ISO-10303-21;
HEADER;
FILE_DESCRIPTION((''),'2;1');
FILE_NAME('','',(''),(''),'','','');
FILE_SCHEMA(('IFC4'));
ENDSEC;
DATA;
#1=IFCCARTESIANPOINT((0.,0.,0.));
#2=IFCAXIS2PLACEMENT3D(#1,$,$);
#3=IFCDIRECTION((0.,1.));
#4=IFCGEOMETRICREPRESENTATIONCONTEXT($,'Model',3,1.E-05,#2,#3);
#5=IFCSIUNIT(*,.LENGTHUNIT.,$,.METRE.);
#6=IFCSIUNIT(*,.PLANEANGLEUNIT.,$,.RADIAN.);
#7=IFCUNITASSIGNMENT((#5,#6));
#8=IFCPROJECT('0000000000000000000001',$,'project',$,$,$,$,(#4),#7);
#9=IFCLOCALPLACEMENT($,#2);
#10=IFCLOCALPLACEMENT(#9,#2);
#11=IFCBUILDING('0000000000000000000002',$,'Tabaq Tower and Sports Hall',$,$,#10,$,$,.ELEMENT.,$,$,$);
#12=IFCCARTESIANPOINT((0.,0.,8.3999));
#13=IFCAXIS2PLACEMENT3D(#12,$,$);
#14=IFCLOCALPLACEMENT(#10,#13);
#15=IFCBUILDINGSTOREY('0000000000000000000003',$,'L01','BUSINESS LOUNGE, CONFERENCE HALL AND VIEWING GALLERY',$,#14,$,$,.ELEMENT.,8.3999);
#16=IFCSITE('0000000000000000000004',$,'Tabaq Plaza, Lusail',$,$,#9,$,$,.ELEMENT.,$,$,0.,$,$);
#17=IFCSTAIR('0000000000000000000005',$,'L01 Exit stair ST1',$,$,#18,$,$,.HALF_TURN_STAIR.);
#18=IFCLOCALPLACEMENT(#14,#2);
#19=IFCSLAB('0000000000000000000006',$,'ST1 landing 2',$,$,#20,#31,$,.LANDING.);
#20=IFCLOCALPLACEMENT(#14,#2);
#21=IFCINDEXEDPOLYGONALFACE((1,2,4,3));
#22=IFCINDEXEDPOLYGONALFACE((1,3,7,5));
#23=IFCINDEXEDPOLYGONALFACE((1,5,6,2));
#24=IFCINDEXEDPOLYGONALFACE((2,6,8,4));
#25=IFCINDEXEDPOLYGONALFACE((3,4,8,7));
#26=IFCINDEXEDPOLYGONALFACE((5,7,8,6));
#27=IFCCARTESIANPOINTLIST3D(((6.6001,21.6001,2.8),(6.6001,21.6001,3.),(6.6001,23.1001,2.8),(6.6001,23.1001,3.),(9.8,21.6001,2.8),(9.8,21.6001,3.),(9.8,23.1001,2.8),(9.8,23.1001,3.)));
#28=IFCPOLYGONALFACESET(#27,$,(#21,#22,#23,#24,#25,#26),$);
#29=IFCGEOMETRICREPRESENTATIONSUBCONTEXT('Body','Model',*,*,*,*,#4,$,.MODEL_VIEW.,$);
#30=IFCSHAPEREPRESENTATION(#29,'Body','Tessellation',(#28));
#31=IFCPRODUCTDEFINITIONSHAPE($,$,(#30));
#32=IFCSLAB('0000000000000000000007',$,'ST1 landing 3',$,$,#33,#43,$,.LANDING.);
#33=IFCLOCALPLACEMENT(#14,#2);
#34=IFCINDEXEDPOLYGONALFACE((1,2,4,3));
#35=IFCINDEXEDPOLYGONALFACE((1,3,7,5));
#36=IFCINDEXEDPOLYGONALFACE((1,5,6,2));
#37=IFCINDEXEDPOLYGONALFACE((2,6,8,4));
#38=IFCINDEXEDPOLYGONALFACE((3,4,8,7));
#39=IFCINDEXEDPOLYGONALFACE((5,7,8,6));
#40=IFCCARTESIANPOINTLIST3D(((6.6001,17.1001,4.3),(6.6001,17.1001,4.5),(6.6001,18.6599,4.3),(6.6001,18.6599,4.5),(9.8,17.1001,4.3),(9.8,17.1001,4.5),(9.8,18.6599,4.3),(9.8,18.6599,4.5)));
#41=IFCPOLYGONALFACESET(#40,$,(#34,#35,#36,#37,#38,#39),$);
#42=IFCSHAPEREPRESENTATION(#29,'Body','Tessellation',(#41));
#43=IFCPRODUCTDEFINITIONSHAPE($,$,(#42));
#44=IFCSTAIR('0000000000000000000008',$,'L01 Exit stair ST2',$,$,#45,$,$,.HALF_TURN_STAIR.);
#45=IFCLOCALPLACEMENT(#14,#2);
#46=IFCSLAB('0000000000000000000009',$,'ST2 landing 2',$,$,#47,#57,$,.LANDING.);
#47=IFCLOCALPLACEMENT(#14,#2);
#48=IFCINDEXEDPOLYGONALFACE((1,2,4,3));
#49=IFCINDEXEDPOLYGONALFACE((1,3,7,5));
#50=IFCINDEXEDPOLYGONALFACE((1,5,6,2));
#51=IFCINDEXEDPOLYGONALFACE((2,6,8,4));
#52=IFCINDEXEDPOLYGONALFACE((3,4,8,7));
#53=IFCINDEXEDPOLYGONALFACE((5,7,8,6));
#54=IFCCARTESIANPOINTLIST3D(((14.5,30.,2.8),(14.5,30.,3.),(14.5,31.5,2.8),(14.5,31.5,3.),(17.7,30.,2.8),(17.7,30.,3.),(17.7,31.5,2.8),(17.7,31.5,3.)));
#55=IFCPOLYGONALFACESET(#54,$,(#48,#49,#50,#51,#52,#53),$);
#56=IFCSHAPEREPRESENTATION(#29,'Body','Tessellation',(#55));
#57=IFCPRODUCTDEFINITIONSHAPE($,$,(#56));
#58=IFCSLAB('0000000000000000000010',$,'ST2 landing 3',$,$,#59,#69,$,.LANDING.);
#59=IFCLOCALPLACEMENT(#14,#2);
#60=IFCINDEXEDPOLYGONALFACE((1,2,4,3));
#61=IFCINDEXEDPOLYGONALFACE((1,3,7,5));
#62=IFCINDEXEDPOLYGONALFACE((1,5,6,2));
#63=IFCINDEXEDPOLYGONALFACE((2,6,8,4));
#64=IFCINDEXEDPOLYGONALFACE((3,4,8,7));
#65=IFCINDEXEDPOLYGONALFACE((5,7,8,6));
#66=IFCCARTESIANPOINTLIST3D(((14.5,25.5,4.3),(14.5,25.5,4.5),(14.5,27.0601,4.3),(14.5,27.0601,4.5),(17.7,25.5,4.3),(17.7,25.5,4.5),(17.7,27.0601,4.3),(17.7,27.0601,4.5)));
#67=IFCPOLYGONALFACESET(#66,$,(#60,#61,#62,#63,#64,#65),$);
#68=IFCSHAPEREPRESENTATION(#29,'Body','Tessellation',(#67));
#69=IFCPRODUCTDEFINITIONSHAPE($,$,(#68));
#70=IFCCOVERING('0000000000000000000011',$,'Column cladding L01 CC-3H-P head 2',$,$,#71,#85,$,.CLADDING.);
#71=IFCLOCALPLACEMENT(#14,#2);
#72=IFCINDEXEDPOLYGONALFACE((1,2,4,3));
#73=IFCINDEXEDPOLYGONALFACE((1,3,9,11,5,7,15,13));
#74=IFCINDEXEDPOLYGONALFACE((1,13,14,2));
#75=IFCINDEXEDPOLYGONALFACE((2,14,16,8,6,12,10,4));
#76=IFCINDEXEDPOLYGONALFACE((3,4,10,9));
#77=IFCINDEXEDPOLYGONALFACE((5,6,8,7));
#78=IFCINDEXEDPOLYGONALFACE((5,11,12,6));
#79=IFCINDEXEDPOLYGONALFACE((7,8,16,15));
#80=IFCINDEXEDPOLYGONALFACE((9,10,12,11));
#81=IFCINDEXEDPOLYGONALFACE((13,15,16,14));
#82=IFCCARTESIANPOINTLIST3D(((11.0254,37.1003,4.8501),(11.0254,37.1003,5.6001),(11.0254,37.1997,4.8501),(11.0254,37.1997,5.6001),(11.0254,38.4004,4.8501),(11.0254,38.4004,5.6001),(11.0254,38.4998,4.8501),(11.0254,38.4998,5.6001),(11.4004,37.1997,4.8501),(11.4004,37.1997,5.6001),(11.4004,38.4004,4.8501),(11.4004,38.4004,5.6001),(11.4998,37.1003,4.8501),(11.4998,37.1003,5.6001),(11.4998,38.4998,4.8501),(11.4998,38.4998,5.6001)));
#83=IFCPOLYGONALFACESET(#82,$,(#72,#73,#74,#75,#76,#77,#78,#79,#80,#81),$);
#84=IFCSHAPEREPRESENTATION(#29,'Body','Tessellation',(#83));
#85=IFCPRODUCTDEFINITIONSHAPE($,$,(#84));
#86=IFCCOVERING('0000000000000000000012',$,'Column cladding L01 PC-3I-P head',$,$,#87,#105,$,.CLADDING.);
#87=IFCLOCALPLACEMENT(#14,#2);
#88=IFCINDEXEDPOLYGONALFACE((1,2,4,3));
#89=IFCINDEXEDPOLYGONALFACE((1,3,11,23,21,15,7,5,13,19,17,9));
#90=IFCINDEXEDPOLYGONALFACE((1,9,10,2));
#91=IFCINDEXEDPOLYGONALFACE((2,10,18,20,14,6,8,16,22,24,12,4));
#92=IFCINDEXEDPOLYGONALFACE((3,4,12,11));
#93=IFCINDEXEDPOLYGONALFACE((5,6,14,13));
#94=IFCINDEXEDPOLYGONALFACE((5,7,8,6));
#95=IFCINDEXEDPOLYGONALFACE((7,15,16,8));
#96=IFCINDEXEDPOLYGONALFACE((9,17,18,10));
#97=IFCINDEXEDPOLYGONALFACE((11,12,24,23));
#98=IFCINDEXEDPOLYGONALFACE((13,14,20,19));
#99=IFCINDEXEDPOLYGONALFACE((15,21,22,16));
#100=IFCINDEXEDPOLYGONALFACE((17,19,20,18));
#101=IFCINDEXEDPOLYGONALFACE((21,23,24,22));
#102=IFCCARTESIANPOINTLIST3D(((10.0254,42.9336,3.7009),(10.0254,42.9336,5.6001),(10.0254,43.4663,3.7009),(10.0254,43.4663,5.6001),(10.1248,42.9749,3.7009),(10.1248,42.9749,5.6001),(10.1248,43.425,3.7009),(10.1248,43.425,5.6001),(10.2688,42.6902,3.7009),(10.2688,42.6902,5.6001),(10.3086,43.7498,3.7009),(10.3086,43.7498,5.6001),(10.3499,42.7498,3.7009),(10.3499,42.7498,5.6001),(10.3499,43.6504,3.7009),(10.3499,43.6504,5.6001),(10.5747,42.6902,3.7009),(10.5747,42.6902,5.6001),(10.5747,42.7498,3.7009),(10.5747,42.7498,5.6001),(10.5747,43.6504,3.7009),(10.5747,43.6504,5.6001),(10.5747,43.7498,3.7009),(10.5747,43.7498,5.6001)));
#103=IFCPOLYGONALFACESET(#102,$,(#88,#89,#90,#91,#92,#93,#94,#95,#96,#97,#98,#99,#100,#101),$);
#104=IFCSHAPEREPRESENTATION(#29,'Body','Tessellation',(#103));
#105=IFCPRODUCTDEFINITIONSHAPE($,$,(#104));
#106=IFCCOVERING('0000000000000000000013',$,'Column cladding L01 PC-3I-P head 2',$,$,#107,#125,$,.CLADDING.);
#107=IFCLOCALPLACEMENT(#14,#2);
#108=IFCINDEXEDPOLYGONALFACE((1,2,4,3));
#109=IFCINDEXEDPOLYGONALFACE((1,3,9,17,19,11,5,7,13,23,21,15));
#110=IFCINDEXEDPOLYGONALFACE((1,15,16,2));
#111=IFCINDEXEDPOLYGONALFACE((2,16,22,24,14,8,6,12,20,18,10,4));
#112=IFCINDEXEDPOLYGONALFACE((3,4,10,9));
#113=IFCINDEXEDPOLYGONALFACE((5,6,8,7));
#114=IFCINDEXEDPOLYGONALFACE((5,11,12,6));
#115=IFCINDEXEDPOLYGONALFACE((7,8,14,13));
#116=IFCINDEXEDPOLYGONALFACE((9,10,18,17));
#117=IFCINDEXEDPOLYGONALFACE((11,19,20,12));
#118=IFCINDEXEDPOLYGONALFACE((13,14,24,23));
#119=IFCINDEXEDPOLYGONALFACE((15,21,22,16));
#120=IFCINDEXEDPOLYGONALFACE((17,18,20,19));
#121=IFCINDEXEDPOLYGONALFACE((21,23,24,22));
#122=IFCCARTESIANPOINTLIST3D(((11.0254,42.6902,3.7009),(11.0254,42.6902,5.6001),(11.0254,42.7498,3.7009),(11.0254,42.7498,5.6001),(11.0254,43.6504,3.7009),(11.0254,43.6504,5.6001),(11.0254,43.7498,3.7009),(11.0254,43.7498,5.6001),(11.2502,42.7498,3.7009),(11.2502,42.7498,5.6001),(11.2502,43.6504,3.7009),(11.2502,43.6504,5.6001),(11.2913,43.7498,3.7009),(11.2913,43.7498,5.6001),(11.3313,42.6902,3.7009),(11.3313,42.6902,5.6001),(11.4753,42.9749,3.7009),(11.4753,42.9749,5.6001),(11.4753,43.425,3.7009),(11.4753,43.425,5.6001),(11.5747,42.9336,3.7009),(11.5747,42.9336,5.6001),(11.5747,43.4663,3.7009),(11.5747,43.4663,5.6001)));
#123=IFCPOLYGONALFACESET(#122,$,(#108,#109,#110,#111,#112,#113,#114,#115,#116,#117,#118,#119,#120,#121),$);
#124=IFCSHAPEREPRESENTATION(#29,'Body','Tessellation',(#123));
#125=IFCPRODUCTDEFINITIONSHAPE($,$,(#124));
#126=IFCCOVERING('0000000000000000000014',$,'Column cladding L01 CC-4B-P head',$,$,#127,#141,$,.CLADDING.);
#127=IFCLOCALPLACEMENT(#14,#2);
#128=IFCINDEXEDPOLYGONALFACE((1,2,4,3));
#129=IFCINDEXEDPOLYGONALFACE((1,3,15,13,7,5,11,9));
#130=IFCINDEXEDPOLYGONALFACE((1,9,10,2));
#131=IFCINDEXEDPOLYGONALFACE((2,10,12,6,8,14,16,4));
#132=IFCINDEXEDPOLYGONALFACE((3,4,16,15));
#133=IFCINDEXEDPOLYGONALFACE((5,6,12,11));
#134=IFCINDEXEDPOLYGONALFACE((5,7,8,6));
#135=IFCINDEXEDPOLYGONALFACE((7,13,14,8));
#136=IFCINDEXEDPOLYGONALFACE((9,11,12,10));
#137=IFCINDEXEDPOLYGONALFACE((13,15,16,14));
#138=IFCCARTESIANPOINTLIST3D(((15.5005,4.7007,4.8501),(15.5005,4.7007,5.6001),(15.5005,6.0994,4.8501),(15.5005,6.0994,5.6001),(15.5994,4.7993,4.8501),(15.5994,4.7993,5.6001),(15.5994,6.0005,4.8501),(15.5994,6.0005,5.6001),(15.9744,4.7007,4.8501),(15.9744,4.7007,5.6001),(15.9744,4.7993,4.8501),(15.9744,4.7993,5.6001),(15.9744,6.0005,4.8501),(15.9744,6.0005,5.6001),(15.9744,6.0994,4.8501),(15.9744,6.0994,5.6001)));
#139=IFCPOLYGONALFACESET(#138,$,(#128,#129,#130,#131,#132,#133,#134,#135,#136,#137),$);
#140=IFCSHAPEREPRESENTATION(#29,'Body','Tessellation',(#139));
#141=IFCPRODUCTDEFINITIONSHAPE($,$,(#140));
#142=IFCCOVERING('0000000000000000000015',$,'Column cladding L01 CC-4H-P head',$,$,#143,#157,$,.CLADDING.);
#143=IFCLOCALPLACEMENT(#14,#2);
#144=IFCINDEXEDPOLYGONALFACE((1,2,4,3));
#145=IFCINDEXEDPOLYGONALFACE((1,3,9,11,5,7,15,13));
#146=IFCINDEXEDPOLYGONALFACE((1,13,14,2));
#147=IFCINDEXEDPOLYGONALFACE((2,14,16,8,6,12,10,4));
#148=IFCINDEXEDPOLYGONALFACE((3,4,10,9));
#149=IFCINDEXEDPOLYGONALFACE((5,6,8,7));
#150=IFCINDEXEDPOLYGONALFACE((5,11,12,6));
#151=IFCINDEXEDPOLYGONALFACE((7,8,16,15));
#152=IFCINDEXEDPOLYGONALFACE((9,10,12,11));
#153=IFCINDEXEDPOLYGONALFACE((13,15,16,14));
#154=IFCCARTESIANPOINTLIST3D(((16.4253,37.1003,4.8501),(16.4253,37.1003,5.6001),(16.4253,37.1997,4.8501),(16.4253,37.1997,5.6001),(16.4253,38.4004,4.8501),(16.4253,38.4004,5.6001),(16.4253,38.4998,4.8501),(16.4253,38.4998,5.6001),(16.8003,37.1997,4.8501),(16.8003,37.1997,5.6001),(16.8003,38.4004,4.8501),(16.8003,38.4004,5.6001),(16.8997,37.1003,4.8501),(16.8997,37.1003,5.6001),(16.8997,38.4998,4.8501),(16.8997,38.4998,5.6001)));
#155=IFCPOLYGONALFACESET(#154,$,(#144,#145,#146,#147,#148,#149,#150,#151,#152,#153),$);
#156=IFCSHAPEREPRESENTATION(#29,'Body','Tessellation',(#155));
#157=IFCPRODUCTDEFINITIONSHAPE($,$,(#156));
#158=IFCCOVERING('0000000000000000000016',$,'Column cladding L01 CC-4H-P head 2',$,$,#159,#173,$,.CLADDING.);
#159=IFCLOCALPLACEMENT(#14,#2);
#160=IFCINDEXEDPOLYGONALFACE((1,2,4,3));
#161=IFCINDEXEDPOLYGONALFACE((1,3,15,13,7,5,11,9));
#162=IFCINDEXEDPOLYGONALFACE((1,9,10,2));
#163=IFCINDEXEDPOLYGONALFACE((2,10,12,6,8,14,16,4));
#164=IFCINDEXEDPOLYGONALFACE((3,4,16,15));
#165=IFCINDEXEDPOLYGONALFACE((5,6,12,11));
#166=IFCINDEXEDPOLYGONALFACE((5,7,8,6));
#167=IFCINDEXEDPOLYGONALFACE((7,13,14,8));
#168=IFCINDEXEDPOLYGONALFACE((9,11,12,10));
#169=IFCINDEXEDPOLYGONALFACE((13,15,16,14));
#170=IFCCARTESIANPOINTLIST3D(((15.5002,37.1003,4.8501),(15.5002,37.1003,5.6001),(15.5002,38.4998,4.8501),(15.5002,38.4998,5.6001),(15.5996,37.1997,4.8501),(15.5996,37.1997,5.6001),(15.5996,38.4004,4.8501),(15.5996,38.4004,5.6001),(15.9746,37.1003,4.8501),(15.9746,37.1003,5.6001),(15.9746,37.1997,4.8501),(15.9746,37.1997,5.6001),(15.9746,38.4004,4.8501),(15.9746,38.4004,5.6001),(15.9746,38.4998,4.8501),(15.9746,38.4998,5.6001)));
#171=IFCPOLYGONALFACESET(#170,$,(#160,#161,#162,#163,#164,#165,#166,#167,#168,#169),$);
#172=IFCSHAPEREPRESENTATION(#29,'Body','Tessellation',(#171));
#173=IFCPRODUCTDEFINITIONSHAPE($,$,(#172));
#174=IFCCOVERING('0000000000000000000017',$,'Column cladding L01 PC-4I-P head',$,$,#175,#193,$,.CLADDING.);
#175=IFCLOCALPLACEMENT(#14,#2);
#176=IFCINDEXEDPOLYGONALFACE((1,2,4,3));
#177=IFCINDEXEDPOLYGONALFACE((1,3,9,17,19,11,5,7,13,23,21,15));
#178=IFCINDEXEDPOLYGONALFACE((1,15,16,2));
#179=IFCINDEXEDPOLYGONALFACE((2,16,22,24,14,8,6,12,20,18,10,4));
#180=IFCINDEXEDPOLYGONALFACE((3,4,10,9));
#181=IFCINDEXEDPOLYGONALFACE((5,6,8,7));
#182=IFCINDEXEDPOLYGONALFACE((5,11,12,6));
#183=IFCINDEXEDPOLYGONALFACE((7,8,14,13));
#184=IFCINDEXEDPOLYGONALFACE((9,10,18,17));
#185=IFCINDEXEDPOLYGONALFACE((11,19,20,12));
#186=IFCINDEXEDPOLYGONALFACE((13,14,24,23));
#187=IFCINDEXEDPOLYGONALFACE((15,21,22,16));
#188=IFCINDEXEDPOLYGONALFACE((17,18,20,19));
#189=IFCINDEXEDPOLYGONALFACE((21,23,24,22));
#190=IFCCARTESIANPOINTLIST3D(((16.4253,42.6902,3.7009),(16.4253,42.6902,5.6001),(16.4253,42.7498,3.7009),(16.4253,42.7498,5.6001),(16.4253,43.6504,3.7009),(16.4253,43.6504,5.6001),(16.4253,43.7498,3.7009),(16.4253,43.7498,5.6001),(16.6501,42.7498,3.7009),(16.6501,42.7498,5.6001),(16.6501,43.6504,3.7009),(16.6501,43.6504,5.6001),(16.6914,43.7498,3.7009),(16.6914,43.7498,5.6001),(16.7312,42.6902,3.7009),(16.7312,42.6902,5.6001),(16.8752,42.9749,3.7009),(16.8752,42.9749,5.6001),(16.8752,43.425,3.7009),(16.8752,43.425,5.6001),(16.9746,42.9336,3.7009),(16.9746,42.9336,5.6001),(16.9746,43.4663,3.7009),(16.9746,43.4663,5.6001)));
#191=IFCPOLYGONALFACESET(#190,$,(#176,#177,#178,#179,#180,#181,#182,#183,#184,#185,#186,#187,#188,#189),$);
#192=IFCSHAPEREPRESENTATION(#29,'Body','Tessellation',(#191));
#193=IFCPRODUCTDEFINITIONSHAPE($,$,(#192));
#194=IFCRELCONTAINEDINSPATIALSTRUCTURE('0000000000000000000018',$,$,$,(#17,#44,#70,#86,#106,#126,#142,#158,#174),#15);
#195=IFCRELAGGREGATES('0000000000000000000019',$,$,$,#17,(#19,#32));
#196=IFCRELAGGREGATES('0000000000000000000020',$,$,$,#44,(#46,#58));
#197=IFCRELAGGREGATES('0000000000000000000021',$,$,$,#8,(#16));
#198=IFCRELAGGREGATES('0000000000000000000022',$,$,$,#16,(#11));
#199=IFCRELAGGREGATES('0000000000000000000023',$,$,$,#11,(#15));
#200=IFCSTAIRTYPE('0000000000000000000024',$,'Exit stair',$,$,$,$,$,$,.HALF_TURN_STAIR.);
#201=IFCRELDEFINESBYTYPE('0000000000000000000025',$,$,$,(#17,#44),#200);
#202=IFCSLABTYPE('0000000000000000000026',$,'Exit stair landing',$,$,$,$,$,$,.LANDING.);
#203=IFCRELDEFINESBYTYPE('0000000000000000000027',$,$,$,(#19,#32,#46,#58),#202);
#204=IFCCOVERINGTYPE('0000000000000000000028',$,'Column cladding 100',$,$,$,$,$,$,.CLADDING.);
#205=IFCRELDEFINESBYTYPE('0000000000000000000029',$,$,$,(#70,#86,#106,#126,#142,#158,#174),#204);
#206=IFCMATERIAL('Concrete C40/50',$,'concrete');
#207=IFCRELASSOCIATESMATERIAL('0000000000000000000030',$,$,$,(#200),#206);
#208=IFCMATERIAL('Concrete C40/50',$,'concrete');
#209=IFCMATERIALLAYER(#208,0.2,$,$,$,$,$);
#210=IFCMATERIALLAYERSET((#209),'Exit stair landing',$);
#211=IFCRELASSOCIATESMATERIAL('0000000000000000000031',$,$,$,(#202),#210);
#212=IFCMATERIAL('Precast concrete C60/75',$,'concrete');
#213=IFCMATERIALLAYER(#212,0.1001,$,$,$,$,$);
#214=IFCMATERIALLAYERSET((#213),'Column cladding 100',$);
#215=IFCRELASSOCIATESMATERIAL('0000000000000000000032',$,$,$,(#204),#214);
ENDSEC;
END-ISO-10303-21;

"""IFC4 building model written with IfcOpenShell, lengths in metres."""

from ifc_helpers import new_model, si_unit, direction, frame, origin, place, context, subcontext, project, spatial, polyline, outline, extrude, material, layer, layer_set, type_object, element, aggregate, save


model = new_model("IFC4")

# Units and contexts
model_context = context("Model", 3, precision=1e-05, world=origin(), true_north=direction((0.0, 1.0)))
body_context = subcontext(model_context, "Body", "Model", "MODEL_VIEW")
ifc_project = project(units=[si_unit("LENGTHUNIT", "METRE"), si_unit("PLANEANGLEUNIT", "RADIAN")], contexts=[model_context])

# Site, building, storey
site_placement = place(None, origin())
site = spatial("IfcSite", under=ifc_project, at=site_placement, Name="Tabaq Plaza, Lusail", CompositionType="ELEMENT", RefElevation=0.0)
building_placement = place(site_placement, origin())
building = spatial("IfcBuilding", under=site, at=building_placement, Name="Tabaq Tower and Sports Hall", CompositionType="ELEMENT")
storey_placement = place(building_placement, frame((0.0, 0.0, 8.3999)))
storey = spatial("IfcBuildingStorey", under=building, at=storey_placement, Name="L01", Description="BUSINESS LOUNGE, CONFERENCE HALL AND VIEWING GALLERY", CompositionType="ELEMENT", Elevation=8.3999)

# Stairs, slabs
ifc_material_1 = material(Name="Concrete C40/50", Category="concrete")
stair_type = type_object("IfcStairType", Name="Exit stair", PredefinedType="HALF_TURN_STAIR", material=ifc_material_1)
stair_1_placement = place(storey_placement, origin())
stair_1 = element("IfcStair", 1, at=stair_1_placement, inside=storey, type_object=stair_type, Name="L01 Exit stair ST1", PredefinedType="HALF_TURN_STAIR")
ifc_material_2 = material(Name="Concrete C40/50", Category="concrete")
ifc_layer_1 = layer(ifc_material_2, 0.2)
ifc_layer_set_1 = layer_set([ifc_layer_1], Name="Exit stair landing")
slab_type = type_object("IfcSlabType", Name="Exit stair landing", PredefinedType="LANDING", material=ifc_layer_set_1)
slab_1_placement = place(storey_placement, frame((0.0, 0.0, 2.8)))
slab_1 = element("IfcSlab", 2, at=slab_1_placement, type_object=slab_type, Name="ST1 landing 2", PredefinedType="LANDING", context=body_context, shape_type="SweptSolid", body=[
    extrude(outline(polyline([(6.6001, 23.1001), (6.6001, 21.6001), (9.8, 21.6001), (9.8, 23.1001), (6.6001, 23.1001)])), origin(), (0.0, 0.0, 1.0), 0.2),
])
slab_2_placement = place(storey_placement, frame((0.0, 0.0, 4.3)))
slab_2 = element("IfcSlab", 3, at=slab_2_placement, type_object=slab_type, Name="ST1 landing 3", PredefinedType="LANDING", context=body_context, shape_type="SweptSolid", body=[
    extrude(outline(polyline([(6.6001, 18.6599), (6.6001, 17.1001), (9.8, 17.1001), (9.8, 18.6599), (6.6001, 18.6599)])), origin(), (0.0, 0.0, 1.0), 0.2),
])
aggregate(stair_1, [slab_1, slab_2])
stair_2_placement = place(storey_placement, origin())
stair_2 = element("IfcStair", 4, at=stair_2_placement, inside=storey, type_object=stair_type, Name="L01 Exit stair ST2", PredefinedType="HALF_TURN_STAIR")
slab_3_placement = place(storey_placement, frame((0.0, 0.0, 2.8)))
slab_3 = element("IfcSlab", 5, at=slab_3_placement, type_object=slab_type, Name="ST2 landing 2", PredefinedType="LANDING", context=body_context, shape_type="SweptSolid", body=[
    extrude(outline(polyline([(14.5, 31.5), (14.5, 30.0), (17.7, 30.0), (17.7, 31.5), (14.5, 31.5)])), origin(), (0.0, 0.0, 1.0), 0.2),
])
slab_4_placement = place(storey_placement, frame((0.0, 0.0, 4.3)))
slab_4 = element("IfcSlab", 6, at=slab_4_placement, type_object=slab_type, Name="ST2 landing 3", PredefinedType="LANDING", context=body_context, shape_type="SweptSolid", body=[
    extrude(outline(polyline([(14.5, 27.0601), (14.5, 25.5), (17.7, 25.5), (17.7, 27.0601), (14.5, 27.0601)])), origin(), (0.0, 0.0, 1.0), 0.2),
])
aggregate(stair_2, [slab_3, slab_4])

# Coverings
ifc_material_3 = material(Name="Precast concrete C60/75", Category="concrete")
ifc_layer_2 = layer(ifc_material_3, 0.1001)
ifc_layer_set_2 = layer_set([ifc_layer_2], Name="Column cladding 100")
covering_type = type_object("IfcCoveringType", Name="Column cladding 100", PredefinedType="CLADDING", material=ifc_layer_set_2)
covering_1_placement = place(storey_placement, frame((0.0, 0.0, 4.8501)))
element("IfcCovering", 7, at=covering_1_placement, inside=storey, type_object=covering_type, Name="Column cladding L01 CC-3H-P head 2", PredefinedType="CLADDING", context=body_context, shape_type="SweptSolid", body=[
    extrude(outline(polyline([(11.4998, 38.4998), (11.4998, 37.1003), (11.0254, 37.1003), (11.0254, 37.1997), (11.4004, 37.1997), (11.4004, 38.4004), (11.0254, 38.4004), (11.0254, 38.4998), (11.4998, 38.4998)])), origin(), (0.0, 0.0, 1.0), 0.75),
])
covering_2_placement = place(storey_placement, frame((0.0, 0.0, 3.7009)))
element("IfcCovering", 8, at=covering_2_placement, inside=storey, type_object=covering_type, Name="Column cladding L01 PC-3I-P head", PredefinedType="CLADDING", context=body_context, shape_type="SweptSolid", body=[
    extrude(outline(polyline([(10.3086, 43.7498), (10.5747, 43.7498), (10.5747, 43.6504), (10.3499, 43.6504), (10.1248, 43.425), (10.1248, 42.9749), (10.3499, 42.7498), (10.5747, 42.7498), (10.5747, 42.6902), (10.2688, 42.6902), (10.0254, 42.9336), (10.0254, 43.4663), (10.3086, 43.7498)])), origin(), (0.0, 0.0, 1.0), 1.8992),
])
covering_3_placement = place(storey_placement, frame((0.0, 0.0, 3.7009)))
element("IfcCovering", 9, at=covering_3_placement, inside=storey, type_object=covering_type, Name="Column cladding L01 PC-3I-P head 2", PredefinedType="CLADDING", context=body_context, shape_type="SweptSolid", body=[
    extrude(outline(polyline([(11.2913, 43.7498), (11.5747, 43.4663), (11.5747, 42.9336), (11.3313, 42.6902), (11.0254, 42.6902), (11.0254, 42.7498), (11.2502, 42.7498), (11.4753, 42.9749), (11.4753, 43.425), (11.2502, 43.6504), (11.0254, 43.6504), (11.0254, 43.7498), (11.2913, 43.7498)])), origin(), (0.0, 0.0, 1.0), 1.8992),
])
covering_4_placement = place(storey_placement, frame((0.0, 0.0, 4.8501)))
element("IfcCovering", 10, at=covering_4_placement, inside=storey, type_object=covering_type, Name="Column cladding L01 CC-4B-P head", PredefinedType="CLADDING", context=body_context, shape_type="SweptSolid", body=[
    extrude(outline(polyline([(15.5994, 6.0005), (15.5994, 4.7993), (15.9744, 4.7993), (15.9744, 4.7007), (15.5005, 4.7007), (15.5005, 6.0994), (15.9744, 6.0994), (15.9744, 6.0005), (15.5994, 6.0005)])), origin(), (0.0, 0.0, 1.0), 0.75),
])
covering_5_placement = place(storey_placement, frame((0.0, 0.0, 4.8501)))
element("IfcCovering", 11, at=covering_5_placement, inside=storey, type_object=covering_type, Name="Column cladding L01 CC-4H-P head", PredefinedType="CLADDING", context=body_context, shape_type="SweptSolid", body=[
    extrude(outline(polyline([(16.8997, 38.4998), (16.8997, 37.1003), (16.4253, 37.1003), (16.4253, 37.1997), (16.8003, 37.1997), (16.8003, 38.4004), (16.4253, 38.4004), (16.4253, 38.4998), (16.8997, 38.4998)])), origin(), (0.0, 0.0, 1.0), 0.75),
])
covering_6_placement = place(storey_placement, frame((0.0, 0.0, 4.8501)))
element("IfcCovering", 12, at=covering_6_placement, inside=storey, type_object=covering_type, Name="Column cladding L01 CC-4H-P head 2", PredefinedType="CLADDING", context=body_context, shape_type="SweptSolid", body=[
    extrude(outline(polyline([(15.9746, 38.4998), (15.9746, 38.4004), (15.5996, 38.4004), (15.5996, 37.1997), (15.9746, 37.1997), (15.9746, 37.1003), (15.5002, 37.1003), (15.5002, 38.4998), (15.9746, 38.4998)])), origin(), (0.0, 0.0, 1.0), 0.75),
])
covering_7_placement = place(storey_placement, frame((0.0, 0.0, 3.7009)))
element("IfcCovering", 13, at=covering_7_placement, inside=storey, type_object=covering_type, Name="Column cladding L01 PC-4I-P head", PredefinedType="CLADDING", context=body_context, shape_type="SweptSolid", body=[
    extrude(outline(polyline([(16.6914, 43.7498), (16.9746, 43.4663), (16.9746, 42.9336), (16.7312, 42.6902), (16.4253, 42.6902), (16.4253, 42.7498), (16.6501, 42.7498), (16.8752, 42.9749), (16.8752, 43.425), (16.6501, 43.6504), (16.4253, 43.6504), (16.4253, 43.7498), (16.6914, 43.7498)])), origin(), (0.0, 0.0, 1.0), 1.8992),
])

save(model, "model.ifc")
